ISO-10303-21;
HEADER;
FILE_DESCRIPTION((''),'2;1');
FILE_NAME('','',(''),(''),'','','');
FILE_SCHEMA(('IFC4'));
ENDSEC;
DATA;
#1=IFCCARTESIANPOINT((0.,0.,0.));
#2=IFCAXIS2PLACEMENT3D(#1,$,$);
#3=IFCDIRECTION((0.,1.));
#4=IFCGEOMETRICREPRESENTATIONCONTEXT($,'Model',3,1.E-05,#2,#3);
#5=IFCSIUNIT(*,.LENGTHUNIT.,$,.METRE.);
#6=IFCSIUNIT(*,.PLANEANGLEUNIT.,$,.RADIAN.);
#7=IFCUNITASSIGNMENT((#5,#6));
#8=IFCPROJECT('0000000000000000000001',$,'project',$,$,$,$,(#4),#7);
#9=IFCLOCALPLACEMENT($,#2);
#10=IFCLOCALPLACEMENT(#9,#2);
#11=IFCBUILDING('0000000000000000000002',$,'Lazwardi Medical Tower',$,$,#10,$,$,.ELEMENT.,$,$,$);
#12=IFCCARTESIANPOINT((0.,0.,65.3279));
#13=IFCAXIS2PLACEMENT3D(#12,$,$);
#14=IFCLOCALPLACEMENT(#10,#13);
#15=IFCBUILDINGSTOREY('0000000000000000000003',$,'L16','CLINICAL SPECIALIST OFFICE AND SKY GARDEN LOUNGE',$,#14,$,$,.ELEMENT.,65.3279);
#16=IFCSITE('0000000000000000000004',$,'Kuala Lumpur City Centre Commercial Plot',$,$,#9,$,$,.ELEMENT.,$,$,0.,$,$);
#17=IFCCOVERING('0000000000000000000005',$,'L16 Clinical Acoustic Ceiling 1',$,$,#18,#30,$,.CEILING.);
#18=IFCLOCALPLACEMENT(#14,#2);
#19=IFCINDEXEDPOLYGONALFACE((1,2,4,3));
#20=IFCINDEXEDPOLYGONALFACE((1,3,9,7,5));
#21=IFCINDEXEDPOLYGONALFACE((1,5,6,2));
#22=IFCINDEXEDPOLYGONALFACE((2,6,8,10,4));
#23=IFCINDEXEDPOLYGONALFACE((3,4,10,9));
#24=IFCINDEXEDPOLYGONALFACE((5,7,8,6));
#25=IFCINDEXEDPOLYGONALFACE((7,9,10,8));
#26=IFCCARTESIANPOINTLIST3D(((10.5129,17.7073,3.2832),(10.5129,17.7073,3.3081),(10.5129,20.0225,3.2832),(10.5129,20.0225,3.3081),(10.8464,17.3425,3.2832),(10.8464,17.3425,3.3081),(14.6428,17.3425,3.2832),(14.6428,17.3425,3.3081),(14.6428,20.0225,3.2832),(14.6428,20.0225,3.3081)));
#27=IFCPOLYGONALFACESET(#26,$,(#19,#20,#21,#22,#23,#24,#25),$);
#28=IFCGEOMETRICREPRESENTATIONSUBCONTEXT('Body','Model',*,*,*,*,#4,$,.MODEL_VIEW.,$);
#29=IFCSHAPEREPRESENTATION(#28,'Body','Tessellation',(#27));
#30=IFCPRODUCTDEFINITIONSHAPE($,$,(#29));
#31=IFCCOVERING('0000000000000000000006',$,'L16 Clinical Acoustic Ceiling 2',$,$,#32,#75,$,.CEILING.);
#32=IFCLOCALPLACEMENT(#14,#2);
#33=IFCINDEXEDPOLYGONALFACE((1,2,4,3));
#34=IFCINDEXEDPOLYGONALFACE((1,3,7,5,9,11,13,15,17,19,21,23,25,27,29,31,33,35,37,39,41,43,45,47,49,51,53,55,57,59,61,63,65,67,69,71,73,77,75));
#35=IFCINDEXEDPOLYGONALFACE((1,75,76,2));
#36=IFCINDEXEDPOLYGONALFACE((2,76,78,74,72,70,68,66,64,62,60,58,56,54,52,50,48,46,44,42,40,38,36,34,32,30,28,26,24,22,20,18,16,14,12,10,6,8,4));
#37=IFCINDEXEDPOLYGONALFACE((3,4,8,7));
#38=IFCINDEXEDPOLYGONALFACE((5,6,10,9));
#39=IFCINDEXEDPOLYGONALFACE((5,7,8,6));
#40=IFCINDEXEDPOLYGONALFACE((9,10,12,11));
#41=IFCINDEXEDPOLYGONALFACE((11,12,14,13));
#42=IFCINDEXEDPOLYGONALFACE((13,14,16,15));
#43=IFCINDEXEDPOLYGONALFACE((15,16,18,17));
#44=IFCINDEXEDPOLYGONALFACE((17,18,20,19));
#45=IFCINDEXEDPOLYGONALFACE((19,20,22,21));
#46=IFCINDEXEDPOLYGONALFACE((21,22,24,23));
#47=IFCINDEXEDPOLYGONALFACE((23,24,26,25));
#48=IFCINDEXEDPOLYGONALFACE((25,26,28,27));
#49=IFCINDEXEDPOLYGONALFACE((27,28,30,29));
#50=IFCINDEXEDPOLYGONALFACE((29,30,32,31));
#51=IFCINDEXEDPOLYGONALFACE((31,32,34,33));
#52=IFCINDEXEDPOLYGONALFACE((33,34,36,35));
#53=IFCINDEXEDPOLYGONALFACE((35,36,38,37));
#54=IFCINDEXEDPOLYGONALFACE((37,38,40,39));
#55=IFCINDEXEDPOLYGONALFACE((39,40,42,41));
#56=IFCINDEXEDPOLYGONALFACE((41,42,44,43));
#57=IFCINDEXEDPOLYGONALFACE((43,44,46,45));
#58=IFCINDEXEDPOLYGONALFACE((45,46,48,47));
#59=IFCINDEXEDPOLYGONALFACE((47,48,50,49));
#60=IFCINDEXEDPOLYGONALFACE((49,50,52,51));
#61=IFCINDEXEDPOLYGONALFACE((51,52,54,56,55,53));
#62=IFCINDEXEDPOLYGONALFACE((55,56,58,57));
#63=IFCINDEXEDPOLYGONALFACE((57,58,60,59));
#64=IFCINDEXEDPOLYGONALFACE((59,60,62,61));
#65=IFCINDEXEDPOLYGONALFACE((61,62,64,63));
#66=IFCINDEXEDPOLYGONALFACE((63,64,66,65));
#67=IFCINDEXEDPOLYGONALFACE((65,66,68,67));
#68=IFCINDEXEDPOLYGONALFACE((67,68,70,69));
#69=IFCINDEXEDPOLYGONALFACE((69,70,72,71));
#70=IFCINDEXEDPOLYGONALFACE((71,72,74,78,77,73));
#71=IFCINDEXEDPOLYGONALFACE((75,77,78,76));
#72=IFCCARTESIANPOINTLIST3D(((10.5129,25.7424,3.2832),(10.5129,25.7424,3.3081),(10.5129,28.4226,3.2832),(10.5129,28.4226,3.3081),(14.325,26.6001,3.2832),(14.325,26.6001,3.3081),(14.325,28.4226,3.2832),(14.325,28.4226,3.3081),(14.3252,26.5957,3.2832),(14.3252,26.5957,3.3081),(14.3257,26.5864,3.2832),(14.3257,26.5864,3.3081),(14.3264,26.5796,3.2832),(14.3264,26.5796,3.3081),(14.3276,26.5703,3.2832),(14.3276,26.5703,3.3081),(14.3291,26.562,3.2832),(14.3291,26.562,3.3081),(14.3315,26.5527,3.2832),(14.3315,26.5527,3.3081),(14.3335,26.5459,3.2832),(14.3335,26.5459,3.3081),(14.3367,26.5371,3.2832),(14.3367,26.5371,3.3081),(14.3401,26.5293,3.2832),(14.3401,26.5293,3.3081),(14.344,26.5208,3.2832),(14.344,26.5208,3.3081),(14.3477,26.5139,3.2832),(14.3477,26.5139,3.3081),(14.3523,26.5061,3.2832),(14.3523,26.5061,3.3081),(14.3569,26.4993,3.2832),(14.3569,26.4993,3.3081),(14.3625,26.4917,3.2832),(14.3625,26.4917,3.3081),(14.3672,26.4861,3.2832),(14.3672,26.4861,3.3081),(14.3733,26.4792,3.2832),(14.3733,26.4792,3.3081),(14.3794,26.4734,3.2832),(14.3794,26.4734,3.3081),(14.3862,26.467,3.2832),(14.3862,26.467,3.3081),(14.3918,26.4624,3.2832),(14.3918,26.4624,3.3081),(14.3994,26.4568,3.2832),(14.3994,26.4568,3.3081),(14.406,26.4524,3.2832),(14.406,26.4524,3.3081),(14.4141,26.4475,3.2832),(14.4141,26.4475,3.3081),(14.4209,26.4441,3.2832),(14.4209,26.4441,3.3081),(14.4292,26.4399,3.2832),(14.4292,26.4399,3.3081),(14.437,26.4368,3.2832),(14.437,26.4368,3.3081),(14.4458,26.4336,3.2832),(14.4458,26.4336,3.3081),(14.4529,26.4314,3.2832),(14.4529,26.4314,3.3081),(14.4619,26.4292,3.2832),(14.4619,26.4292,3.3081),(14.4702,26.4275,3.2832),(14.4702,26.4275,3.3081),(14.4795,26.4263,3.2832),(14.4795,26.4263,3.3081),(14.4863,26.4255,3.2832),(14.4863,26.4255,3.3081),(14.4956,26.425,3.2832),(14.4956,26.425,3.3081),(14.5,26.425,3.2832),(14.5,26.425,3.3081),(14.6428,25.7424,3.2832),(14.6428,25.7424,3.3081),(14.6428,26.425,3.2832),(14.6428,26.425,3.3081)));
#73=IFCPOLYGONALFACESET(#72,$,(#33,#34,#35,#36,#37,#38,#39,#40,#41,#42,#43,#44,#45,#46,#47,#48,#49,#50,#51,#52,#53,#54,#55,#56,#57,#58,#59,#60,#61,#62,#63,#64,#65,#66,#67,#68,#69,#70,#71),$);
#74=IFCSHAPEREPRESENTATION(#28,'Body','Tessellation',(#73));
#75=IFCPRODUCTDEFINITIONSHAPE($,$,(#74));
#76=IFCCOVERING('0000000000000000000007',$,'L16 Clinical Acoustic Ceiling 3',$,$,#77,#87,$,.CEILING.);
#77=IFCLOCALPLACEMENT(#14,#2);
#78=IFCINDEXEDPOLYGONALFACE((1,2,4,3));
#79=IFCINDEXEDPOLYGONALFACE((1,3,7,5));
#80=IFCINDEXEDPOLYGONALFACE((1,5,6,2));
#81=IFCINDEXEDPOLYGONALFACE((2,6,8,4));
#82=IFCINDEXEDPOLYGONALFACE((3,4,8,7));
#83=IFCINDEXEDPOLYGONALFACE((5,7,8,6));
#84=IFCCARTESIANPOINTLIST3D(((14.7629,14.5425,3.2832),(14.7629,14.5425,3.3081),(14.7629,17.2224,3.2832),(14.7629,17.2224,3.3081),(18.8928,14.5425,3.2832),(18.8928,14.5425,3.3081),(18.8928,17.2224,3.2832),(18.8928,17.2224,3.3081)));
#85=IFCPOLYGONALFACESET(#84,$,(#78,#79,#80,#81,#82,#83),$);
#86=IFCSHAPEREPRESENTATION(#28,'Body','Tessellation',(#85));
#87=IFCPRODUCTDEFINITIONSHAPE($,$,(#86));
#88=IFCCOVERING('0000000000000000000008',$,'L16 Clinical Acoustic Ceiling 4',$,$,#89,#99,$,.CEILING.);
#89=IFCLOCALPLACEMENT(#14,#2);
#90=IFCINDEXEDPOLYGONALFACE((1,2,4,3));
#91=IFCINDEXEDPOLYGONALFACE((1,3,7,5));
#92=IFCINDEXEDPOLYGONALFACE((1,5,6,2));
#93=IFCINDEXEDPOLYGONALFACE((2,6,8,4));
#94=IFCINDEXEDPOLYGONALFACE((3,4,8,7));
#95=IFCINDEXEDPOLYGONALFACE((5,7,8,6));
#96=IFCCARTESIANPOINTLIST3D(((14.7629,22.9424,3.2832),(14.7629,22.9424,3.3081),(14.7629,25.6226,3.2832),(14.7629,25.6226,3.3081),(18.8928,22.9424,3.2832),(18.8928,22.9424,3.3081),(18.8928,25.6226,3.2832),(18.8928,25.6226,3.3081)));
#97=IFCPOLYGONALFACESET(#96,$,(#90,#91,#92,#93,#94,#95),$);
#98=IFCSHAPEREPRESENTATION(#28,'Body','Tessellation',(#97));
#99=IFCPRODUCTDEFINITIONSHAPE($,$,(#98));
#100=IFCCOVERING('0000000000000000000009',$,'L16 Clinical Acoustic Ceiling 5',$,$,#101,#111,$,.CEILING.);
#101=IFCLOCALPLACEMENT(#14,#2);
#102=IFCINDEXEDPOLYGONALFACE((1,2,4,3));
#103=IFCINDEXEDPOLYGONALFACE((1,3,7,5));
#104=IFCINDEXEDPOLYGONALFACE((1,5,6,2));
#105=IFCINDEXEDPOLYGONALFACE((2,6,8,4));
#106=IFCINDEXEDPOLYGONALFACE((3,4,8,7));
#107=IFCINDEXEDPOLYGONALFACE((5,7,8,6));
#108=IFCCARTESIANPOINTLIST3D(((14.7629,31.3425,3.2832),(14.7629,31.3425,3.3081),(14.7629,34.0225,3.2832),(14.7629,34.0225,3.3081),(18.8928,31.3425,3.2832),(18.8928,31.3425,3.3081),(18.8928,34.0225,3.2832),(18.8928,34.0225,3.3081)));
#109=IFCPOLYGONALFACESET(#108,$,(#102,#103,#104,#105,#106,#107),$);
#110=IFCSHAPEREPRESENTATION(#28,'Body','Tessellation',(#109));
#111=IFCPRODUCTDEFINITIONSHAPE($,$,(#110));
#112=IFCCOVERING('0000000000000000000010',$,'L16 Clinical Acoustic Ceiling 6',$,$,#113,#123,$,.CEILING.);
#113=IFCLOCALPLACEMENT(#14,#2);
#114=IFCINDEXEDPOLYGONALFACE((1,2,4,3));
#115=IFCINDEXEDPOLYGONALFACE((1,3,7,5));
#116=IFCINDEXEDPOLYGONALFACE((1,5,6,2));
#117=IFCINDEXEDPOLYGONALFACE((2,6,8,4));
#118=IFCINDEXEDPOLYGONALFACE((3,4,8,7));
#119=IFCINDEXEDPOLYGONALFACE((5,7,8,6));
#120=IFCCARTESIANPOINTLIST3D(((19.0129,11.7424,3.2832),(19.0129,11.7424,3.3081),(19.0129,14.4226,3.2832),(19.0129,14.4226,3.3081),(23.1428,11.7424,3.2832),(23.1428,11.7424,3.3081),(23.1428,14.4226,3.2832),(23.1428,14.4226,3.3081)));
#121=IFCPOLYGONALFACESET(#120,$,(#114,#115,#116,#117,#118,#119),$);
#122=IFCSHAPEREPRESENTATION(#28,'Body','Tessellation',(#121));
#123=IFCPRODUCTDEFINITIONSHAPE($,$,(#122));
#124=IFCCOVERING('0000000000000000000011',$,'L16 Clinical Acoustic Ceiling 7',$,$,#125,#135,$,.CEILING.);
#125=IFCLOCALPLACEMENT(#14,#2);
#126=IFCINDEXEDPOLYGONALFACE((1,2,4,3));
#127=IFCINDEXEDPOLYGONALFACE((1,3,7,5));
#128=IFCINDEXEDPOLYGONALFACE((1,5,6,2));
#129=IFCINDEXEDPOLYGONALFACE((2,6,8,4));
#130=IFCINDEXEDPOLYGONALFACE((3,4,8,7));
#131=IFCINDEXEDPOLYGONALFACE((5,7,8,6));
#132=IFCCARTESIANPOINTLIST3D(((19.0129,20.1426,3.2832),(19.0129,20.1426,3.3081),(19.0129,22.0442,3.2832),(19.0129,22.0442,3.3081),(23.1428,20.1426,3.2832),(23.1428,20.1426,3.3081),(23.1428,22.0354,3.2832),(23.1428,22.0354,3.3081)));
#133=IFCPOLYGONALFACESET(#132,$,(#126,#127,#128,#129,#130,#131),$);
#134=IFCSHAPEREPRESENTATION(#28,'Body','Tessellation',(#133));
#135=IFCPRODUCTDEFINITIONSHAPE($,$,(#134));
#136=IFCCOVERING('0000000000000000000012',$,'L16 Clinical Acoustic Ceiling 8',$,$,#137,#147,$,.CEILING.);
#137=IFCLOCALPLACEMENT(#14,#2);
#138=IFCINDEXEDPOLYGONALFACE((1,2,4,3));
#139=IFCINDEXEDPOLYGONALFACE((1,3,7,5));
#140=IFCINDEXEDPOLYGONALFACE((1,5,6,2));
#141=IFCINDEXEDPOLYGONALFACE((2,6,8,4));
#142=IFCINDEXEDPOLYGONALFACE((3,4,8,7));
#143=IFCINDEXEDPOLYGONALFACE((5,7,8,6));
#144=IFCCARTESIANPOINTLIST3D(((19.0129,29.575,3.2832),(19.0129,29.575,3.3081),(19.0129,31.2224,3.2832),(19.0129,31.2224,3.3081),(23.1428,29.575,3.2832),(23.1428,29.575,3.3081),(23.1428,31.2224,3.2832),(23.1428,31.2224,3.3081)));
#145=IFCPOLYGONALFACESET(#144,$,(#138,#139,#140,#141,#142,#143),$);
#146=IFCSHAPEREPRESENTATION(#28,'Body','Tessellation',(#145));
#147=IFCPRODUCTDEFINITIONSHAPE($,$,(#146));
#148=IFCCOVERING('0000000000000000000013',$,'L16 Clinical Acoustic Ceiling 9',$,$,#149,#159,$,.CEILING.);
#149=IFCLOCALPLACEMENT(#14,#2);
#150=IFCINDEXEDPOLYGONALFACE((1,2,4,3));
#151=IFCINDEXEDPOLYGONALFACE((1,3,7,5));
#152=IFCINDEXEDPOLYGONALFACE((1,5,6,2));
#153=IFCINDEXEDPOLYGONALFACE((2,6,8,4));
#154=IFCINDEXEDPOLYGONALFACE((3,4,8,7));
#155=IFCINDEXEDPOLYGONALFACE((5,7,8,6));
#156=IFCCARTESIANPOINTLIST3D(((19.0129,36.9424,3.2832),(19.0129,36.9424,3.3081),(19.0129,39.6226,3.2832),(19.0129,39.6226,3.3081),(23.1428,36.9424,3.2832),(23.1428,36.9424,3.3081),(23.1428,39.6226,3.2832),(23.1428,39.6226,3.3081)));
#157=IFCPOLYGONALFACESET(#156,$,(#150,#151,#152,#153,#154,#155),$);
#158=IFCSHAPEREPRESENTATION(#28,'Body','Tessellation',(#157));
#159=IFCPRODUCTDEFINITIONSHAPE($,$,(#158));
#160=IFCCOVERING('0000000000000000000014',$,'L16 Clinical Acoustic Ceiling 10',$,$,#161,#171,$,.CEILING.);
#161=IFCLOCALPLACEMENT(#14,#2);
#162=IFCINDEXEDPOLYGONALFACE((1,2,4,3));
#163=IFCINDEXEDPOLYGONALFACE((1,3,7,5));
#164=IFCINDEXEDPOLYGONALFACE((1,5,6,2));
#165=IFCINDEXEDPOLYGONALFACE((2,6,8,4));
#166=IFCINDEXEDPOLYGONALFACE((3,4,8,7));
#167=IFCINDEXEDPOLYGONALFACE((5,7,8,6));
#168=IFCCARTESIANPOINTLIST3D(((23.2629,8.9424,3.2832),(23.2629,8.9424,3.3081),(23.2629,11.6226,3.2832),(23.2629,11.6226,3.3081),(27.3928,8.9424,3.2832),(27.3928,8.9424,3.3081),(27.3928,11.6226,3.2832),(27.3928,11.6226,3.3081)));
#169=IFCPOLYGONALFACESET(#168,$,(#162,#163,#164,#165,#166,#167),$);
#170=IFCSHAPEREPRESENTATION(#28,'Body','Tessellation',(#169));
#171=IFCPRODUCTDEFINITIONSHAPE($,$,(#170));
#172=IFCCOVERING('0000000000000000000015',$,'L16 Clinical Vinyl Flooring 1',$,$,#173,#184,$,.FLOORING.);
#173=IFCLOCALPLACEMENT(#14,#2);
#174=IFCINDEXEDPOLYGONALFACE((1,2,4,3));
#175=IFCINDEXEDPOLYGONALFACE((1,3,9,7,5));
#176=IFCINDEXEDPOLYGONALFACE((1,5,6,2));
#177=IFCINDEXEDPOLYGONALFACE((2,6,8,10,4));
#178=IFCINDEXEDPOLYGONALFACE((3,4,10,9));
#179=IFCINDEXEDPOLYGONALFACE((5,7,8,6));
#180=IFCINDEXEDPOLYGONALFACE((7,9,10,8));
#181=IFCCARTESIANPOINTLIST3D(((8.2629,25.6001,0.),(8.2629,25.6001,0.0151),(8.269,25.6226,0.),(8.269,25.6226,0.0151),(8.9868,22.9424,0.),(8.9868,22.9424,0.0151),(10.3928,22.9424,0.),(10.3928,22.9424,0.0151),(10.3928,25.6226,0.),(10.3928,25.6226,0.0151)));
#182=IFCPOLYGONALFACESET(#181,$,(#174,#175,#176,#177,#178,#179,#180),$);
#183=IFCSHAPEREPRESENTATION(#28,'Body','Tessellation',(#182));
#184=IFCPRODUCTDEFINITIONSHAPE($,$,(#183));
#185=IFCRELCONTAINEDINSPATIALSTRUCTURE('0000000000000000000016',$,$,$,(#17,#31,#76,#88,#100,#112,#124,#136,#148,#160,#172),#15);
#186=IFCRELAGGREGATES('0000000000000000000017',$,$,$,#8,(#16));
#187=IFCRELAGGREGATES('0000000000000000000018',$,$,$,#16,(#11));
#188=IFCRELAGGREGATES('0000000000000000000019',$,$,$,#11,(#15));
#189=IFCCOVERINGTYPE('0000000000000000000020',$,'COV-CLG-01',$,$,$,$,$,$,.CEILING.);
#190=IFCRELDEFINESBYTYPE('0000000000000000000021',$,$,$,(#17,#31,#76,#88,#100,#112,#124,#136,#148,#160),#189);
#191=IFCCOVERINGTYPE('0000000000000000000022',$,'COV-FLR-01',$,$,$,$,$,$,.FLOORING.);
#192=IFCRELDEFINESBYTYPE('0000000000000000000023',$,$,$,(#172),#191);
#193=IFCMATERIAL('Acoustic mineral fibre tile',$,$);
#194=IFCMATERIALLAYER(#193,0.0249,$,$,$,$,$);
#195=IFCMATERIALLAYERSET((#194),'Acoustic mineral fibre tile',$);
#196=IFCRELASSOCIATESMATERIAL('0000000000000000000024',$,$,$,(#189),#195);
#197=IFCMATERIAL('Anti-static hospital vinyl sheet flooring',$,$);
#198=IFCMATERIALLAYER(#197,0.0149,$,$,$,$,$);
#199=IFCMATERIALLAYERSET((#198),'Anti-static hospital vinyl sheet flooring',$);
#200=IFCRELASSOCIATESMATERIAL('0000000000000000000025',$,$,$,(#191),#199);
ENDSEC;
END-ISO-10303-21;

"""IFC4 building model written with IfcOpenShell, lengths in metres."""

from ifc_helpers import new_model, si_unit, direction, frame, origin, place, context, subcontext, project, spatial, polyline, outline, extrude, material, layer, layer_set, type_object, element, save


model = new_model("IFC4")

# Units and contexts
model_context = context("Model", 3, precision=1e-05, world=origin(), true_north=direction((0.0, 1.0)))
body_context = subcontext(model_context, "Body", "Model", "MODEL_VIEW")
ifc_project = project(units=[si_unit("LENGTHUNIT", "METRE"), si_unit("PLANEANGLEUNIT", "RADIAN")], contexts=[model_context])

# Site, building, storey
site_placement = place(None, origin())
site = spatial("IfcSite", under=ifc_project, at=site_placement, Name="Kuala Lumpur City Centre Commercial Plot", CompositionType="ELEMENT", RefElevation=0.0)
building_placement = place(site_placement, origin())
building = spatial("IfcBuilding", under=site, at=building_placement, Name="Lazwardi Medical Tower", CompositionType="ELEMENT")
storey_placement = place(building_placement, frame((0.0, 0.0, 65.3279)))
storey = spatial("IfcBuildingStorey", under=building, at=storey_placement, Name="L16", Description="CLINICAL SPECIALIST OFFICE AND SKY GARDEN LOUNGE", CompositionType="ELEMENT", Elevation=65.3279)

# Coverings
ifc_material_1 = material(Name="Acoustic mineral fibre tile")
ifc_layer_1 = layer(ifc_material_1, 0.0249)
ifc_layer_set_1 = layer_set([ifc_layer_1], Name="Acoustic mineral fibre tile")
covering_type_1 = type_object("IfcCoveringType", Name="COV-CLG-01", PredefinedType="CEILING", material=ifc_layer_set_1)
covering_1_placement = place(storey_placement, frame((0.0, 0.0, 3.2832)))
element("IfcCovering", 1, at=covering_1_placement, inside=storey, type_object=covering_type_1, Name="L16 Clinical Acoustic Ceiling 1", PredefinedType="CEILING", context=body_context, shape_type="SweptSolid", body=[
    extrude(outline(polyline([(10.5129, 17.7073), (10.8464, 17.3425), (14.6428, 17.3425), (14.6428, 20.0225), (10.5129, 20.0225), (10.5129, 17.7073)])), origin(), (0.0, 0.0, 1.0), 0.0249),
])
covering_2_placement = place(storey_placement, frame((0.0, 0.0, 3.2832)))
element("IfcCovering", 2, at=covering_2_placement, inside=storey, type_object=covering_type_1, Name="L16 Clinical Acoustic Ceiling 2", PredefinedType="CEILING", context=body_context, shape_type="SweptSolid", body=[
    extrude(outline(polyline([(14.6428, 26.425), (14.5, 26.425), (14.4956, 26.425), (14.4863, 26.4255), (14.4795, 26.4263), (14.4702, 26.4275), (14.4619, 26.4292), (14.4529, 26.4314), (14.4458, 26.4336), (14.437, 26.4368), (14.4292, 26.4399), (14.4209, 26.4441), (14.4141, 26.4475), (14.406, 26.4524), (14.3994, 26.4568), (14.3918, 26.4624), (14.3862, 26.467), (14.3794, 26.4734), (14.3733, 26.4792), (14.3672, 26.4861), (14.3625, 26.4917), (14.3569, 26.4993), (14.3523, 26.5061), (14.3477, 26.5139), (14.344, 26.5208), (14.3401, 26.5293), (14.3367, 26.5371), (14.3335, 26.5459), (14.3315, 26.5527), (14.3291, 26.562), (14.3276, 26.5703), (14.3264, 26.5796), (14.3257, 26.5864), (14.3252, 26.5957), (14.325, 26.6001), (14.325, 28.4226), (10.5129, 28.4226), (10.5129, 25.7424), (14.6428, 25.7424), (14.6428, 26.425)])), origin(), (0.0, 0.0, 1.0), 0.0249),
])
covering_3_placement = place(storey_placement, frame((0.0, 0.0, 3.2832)))
element("IfcCovering", 3, at=covering_3_placement, inside=storey, type_object=covering_type_1, Name="L16 Clinical Acoustic Ceiling 3", PredefinedType="CEILING", context=body_context, shape_type="SweptSolid", body=[
    extrude(outline(polyline([(18.8928, 14.5425), (18.8928, 17.2224), (14.7629, 17.2224), (14.7629, 14.5425), (18.8928, 14.5425)])), origin(), (0.0, 0.0, 1.0), 0.0249),
])
covering_4_placement = place(storey_placement, frame((0.0, 0.0, 3.2832)))
element("IfcCovering", 4, at=covering_4_placement, inside=storey, type_object=covering_type_1, Name="L16 Clinical Acoustic Ceiling 4", PredefinedType="CEILING", context=body_context, shape_type="SweptSolid", body=[
    extrude(outline(polyline([(18.8928, 22.9424), (18.8928, 25.6226), (14.7629, 25.6226), (14.7629, 22.9424), (18.8928, 22.9424)])), origin(), (0.0, 0.0, 1.0), 0.0249),
])
covering_5_placement = place(storey_placement, frame((0.0, 0.0, 3.2832)))
element("IfcCovering", 5, at=covering_5_placement, inside=storey, type_object=covering_type_1, Name="L16 Clinical Acoustic Ceiling 5", PredefinedType="CEILING", context=body_context, shape_type="SweptSolid", body=[
    extrude(outline(polyline([(18.8928, 31.3425), (18.8928, 34.0225), (14.7629, 34.0225), (14.7629, 31.3425), (18.8928, 31.3425)])), origin(), (0.0, 0.0, 1.0), 0.0249),
])
covering_6_placement = place(storey_placement, frame((0.0, 0.0, 3.2832)))
element("IfcCovering", 6, at=covering_6_placement, inside=storey, type_object=covering_type_1, Name="L16 Clinical Acoustic Ceiling 6", PredefinedType="CEILING", context=body_context, shape_type="SweptSolid", body=[
    extrude(outline(polyline([(23.1428, 11.7424), (23.1428, 14.4226), (19.0129, 14.4226), (19.0129, 11.7424), (23.1428, 11.7424)])), origin(), (0.0, 0.0, 1.0), 0.0249),
])
covering_7_placement = place(storey_placement, frame((0.0, 0.0, 3.2832)))
element("IfcCovering", 7, at=covering_7_placement, inside=storey, type_object=covering_type_1, Name="L16 Clinical Acoustic Ceiling 7", PredefinedType="CEILING", context=body_context, shape_type="SweptSolid", body=[
    extrude(outline(polyline([(23.1428, 22.0354), (19.0129, 22.0442), (19.0129, 20.1426), (23.1428, 20.1426), (23.1428, 22.0354)])), origin(), (0.0, 0.0, 1.0), 0.0249),
])
covering_8_placement = place(storey_placement, frame((0.0, 0.0, 3.2832)))
element("IfcCovering", 8, at=covering_8_placement, inside=storey, type_object=covering_type_1, Name="L16 Clinical Acoustic Ceiling 8", PredefinedType="CEILING", context=body_context, shape_type="SweptSolid", body=[
    extrude(outline(polyline([(19.0129, 29.575), (23.1428, 29.575), (23.1428, 31.2224), (19.0129, 31.2224), (19.0129, 29.575)])), origin(), (0.0, 0.0, 1.0), 0.0249),
])
covering_9_placement = place(storey_placement, frame((0.0, 0.0, 3.2832)))
element("IfcCovering", 9, at=covering_9_placement, inside=storey, type_object=covering_type_1, Name="L16 Clinical Acoustic Ceiling 9", PredefinedType="CEILING", context=body_context, shape_type="SweptSolid", body=[
    extrude(outline(polyline([(23.1428, 36.9424), (23.1428, 39.6226), (19.0129, 39.6226), (19.0129, 36.9424), (23.1428, 36.9424)])), origin(), (0.0, 0.0, 1.0), 0.0249),
])
covering_10_placement = place(storey_placement, frame((0.0, 0.0, 3.2832)))
element("IfcCovering", 10, at=covering_10_placement, inside=storey, type_object=covering_type_1, Name="L16 Clinical Acoustic Ceiling 10", PredefinedType="CEILING", context=body_context, shape_type="SweptSolid", body=[
    extrude(outline(polyline([(27.3928, 8.9424), (27.3928, 11.6226), (23.2629, 11.6226), (23.2629, 8.9424), (27.3928, 8.9424)])), origin(), (0.0, 0.0, 1.0), 0.0249),
])
ifc_material_2 = material(Name="Anti-static hospital vinyl sheet flooring")
ifc_layer_2 = layer(ifc_material_2, 0.0149)
ifc_layer_set_2 = layer_set([ifc_layer_2], Name="Anti-static hospital vinyl sheet flooring")
covering_type_2 = type_object("IfcCoveringType", Name="COV-FLR-01", PredefinedType="FLOORING", material=ifc_layer_set_2)
covering_11_placement = place(storey_placement, origin())
element("IfcCovering", 11, at=covering_11_placement, inside=storey, type_object=covering_type_2, Name="L16 Clinical Vinyl Flooring 1", PredefinedType="FLOORING", context=body_context, shape_type="SweptSolid", body=[
    extrude(outline(polyline([(8.269, 25.6226), (8.2629, 25.6001), (8.9868, 22.9424), (10.3928, 22.9424), (10.3928, 25.6226), (8.269, 25.6226)])), origin(), (0.0, 0.0, 1.0), 0.0151),
])

save(model, "model.ifc")
